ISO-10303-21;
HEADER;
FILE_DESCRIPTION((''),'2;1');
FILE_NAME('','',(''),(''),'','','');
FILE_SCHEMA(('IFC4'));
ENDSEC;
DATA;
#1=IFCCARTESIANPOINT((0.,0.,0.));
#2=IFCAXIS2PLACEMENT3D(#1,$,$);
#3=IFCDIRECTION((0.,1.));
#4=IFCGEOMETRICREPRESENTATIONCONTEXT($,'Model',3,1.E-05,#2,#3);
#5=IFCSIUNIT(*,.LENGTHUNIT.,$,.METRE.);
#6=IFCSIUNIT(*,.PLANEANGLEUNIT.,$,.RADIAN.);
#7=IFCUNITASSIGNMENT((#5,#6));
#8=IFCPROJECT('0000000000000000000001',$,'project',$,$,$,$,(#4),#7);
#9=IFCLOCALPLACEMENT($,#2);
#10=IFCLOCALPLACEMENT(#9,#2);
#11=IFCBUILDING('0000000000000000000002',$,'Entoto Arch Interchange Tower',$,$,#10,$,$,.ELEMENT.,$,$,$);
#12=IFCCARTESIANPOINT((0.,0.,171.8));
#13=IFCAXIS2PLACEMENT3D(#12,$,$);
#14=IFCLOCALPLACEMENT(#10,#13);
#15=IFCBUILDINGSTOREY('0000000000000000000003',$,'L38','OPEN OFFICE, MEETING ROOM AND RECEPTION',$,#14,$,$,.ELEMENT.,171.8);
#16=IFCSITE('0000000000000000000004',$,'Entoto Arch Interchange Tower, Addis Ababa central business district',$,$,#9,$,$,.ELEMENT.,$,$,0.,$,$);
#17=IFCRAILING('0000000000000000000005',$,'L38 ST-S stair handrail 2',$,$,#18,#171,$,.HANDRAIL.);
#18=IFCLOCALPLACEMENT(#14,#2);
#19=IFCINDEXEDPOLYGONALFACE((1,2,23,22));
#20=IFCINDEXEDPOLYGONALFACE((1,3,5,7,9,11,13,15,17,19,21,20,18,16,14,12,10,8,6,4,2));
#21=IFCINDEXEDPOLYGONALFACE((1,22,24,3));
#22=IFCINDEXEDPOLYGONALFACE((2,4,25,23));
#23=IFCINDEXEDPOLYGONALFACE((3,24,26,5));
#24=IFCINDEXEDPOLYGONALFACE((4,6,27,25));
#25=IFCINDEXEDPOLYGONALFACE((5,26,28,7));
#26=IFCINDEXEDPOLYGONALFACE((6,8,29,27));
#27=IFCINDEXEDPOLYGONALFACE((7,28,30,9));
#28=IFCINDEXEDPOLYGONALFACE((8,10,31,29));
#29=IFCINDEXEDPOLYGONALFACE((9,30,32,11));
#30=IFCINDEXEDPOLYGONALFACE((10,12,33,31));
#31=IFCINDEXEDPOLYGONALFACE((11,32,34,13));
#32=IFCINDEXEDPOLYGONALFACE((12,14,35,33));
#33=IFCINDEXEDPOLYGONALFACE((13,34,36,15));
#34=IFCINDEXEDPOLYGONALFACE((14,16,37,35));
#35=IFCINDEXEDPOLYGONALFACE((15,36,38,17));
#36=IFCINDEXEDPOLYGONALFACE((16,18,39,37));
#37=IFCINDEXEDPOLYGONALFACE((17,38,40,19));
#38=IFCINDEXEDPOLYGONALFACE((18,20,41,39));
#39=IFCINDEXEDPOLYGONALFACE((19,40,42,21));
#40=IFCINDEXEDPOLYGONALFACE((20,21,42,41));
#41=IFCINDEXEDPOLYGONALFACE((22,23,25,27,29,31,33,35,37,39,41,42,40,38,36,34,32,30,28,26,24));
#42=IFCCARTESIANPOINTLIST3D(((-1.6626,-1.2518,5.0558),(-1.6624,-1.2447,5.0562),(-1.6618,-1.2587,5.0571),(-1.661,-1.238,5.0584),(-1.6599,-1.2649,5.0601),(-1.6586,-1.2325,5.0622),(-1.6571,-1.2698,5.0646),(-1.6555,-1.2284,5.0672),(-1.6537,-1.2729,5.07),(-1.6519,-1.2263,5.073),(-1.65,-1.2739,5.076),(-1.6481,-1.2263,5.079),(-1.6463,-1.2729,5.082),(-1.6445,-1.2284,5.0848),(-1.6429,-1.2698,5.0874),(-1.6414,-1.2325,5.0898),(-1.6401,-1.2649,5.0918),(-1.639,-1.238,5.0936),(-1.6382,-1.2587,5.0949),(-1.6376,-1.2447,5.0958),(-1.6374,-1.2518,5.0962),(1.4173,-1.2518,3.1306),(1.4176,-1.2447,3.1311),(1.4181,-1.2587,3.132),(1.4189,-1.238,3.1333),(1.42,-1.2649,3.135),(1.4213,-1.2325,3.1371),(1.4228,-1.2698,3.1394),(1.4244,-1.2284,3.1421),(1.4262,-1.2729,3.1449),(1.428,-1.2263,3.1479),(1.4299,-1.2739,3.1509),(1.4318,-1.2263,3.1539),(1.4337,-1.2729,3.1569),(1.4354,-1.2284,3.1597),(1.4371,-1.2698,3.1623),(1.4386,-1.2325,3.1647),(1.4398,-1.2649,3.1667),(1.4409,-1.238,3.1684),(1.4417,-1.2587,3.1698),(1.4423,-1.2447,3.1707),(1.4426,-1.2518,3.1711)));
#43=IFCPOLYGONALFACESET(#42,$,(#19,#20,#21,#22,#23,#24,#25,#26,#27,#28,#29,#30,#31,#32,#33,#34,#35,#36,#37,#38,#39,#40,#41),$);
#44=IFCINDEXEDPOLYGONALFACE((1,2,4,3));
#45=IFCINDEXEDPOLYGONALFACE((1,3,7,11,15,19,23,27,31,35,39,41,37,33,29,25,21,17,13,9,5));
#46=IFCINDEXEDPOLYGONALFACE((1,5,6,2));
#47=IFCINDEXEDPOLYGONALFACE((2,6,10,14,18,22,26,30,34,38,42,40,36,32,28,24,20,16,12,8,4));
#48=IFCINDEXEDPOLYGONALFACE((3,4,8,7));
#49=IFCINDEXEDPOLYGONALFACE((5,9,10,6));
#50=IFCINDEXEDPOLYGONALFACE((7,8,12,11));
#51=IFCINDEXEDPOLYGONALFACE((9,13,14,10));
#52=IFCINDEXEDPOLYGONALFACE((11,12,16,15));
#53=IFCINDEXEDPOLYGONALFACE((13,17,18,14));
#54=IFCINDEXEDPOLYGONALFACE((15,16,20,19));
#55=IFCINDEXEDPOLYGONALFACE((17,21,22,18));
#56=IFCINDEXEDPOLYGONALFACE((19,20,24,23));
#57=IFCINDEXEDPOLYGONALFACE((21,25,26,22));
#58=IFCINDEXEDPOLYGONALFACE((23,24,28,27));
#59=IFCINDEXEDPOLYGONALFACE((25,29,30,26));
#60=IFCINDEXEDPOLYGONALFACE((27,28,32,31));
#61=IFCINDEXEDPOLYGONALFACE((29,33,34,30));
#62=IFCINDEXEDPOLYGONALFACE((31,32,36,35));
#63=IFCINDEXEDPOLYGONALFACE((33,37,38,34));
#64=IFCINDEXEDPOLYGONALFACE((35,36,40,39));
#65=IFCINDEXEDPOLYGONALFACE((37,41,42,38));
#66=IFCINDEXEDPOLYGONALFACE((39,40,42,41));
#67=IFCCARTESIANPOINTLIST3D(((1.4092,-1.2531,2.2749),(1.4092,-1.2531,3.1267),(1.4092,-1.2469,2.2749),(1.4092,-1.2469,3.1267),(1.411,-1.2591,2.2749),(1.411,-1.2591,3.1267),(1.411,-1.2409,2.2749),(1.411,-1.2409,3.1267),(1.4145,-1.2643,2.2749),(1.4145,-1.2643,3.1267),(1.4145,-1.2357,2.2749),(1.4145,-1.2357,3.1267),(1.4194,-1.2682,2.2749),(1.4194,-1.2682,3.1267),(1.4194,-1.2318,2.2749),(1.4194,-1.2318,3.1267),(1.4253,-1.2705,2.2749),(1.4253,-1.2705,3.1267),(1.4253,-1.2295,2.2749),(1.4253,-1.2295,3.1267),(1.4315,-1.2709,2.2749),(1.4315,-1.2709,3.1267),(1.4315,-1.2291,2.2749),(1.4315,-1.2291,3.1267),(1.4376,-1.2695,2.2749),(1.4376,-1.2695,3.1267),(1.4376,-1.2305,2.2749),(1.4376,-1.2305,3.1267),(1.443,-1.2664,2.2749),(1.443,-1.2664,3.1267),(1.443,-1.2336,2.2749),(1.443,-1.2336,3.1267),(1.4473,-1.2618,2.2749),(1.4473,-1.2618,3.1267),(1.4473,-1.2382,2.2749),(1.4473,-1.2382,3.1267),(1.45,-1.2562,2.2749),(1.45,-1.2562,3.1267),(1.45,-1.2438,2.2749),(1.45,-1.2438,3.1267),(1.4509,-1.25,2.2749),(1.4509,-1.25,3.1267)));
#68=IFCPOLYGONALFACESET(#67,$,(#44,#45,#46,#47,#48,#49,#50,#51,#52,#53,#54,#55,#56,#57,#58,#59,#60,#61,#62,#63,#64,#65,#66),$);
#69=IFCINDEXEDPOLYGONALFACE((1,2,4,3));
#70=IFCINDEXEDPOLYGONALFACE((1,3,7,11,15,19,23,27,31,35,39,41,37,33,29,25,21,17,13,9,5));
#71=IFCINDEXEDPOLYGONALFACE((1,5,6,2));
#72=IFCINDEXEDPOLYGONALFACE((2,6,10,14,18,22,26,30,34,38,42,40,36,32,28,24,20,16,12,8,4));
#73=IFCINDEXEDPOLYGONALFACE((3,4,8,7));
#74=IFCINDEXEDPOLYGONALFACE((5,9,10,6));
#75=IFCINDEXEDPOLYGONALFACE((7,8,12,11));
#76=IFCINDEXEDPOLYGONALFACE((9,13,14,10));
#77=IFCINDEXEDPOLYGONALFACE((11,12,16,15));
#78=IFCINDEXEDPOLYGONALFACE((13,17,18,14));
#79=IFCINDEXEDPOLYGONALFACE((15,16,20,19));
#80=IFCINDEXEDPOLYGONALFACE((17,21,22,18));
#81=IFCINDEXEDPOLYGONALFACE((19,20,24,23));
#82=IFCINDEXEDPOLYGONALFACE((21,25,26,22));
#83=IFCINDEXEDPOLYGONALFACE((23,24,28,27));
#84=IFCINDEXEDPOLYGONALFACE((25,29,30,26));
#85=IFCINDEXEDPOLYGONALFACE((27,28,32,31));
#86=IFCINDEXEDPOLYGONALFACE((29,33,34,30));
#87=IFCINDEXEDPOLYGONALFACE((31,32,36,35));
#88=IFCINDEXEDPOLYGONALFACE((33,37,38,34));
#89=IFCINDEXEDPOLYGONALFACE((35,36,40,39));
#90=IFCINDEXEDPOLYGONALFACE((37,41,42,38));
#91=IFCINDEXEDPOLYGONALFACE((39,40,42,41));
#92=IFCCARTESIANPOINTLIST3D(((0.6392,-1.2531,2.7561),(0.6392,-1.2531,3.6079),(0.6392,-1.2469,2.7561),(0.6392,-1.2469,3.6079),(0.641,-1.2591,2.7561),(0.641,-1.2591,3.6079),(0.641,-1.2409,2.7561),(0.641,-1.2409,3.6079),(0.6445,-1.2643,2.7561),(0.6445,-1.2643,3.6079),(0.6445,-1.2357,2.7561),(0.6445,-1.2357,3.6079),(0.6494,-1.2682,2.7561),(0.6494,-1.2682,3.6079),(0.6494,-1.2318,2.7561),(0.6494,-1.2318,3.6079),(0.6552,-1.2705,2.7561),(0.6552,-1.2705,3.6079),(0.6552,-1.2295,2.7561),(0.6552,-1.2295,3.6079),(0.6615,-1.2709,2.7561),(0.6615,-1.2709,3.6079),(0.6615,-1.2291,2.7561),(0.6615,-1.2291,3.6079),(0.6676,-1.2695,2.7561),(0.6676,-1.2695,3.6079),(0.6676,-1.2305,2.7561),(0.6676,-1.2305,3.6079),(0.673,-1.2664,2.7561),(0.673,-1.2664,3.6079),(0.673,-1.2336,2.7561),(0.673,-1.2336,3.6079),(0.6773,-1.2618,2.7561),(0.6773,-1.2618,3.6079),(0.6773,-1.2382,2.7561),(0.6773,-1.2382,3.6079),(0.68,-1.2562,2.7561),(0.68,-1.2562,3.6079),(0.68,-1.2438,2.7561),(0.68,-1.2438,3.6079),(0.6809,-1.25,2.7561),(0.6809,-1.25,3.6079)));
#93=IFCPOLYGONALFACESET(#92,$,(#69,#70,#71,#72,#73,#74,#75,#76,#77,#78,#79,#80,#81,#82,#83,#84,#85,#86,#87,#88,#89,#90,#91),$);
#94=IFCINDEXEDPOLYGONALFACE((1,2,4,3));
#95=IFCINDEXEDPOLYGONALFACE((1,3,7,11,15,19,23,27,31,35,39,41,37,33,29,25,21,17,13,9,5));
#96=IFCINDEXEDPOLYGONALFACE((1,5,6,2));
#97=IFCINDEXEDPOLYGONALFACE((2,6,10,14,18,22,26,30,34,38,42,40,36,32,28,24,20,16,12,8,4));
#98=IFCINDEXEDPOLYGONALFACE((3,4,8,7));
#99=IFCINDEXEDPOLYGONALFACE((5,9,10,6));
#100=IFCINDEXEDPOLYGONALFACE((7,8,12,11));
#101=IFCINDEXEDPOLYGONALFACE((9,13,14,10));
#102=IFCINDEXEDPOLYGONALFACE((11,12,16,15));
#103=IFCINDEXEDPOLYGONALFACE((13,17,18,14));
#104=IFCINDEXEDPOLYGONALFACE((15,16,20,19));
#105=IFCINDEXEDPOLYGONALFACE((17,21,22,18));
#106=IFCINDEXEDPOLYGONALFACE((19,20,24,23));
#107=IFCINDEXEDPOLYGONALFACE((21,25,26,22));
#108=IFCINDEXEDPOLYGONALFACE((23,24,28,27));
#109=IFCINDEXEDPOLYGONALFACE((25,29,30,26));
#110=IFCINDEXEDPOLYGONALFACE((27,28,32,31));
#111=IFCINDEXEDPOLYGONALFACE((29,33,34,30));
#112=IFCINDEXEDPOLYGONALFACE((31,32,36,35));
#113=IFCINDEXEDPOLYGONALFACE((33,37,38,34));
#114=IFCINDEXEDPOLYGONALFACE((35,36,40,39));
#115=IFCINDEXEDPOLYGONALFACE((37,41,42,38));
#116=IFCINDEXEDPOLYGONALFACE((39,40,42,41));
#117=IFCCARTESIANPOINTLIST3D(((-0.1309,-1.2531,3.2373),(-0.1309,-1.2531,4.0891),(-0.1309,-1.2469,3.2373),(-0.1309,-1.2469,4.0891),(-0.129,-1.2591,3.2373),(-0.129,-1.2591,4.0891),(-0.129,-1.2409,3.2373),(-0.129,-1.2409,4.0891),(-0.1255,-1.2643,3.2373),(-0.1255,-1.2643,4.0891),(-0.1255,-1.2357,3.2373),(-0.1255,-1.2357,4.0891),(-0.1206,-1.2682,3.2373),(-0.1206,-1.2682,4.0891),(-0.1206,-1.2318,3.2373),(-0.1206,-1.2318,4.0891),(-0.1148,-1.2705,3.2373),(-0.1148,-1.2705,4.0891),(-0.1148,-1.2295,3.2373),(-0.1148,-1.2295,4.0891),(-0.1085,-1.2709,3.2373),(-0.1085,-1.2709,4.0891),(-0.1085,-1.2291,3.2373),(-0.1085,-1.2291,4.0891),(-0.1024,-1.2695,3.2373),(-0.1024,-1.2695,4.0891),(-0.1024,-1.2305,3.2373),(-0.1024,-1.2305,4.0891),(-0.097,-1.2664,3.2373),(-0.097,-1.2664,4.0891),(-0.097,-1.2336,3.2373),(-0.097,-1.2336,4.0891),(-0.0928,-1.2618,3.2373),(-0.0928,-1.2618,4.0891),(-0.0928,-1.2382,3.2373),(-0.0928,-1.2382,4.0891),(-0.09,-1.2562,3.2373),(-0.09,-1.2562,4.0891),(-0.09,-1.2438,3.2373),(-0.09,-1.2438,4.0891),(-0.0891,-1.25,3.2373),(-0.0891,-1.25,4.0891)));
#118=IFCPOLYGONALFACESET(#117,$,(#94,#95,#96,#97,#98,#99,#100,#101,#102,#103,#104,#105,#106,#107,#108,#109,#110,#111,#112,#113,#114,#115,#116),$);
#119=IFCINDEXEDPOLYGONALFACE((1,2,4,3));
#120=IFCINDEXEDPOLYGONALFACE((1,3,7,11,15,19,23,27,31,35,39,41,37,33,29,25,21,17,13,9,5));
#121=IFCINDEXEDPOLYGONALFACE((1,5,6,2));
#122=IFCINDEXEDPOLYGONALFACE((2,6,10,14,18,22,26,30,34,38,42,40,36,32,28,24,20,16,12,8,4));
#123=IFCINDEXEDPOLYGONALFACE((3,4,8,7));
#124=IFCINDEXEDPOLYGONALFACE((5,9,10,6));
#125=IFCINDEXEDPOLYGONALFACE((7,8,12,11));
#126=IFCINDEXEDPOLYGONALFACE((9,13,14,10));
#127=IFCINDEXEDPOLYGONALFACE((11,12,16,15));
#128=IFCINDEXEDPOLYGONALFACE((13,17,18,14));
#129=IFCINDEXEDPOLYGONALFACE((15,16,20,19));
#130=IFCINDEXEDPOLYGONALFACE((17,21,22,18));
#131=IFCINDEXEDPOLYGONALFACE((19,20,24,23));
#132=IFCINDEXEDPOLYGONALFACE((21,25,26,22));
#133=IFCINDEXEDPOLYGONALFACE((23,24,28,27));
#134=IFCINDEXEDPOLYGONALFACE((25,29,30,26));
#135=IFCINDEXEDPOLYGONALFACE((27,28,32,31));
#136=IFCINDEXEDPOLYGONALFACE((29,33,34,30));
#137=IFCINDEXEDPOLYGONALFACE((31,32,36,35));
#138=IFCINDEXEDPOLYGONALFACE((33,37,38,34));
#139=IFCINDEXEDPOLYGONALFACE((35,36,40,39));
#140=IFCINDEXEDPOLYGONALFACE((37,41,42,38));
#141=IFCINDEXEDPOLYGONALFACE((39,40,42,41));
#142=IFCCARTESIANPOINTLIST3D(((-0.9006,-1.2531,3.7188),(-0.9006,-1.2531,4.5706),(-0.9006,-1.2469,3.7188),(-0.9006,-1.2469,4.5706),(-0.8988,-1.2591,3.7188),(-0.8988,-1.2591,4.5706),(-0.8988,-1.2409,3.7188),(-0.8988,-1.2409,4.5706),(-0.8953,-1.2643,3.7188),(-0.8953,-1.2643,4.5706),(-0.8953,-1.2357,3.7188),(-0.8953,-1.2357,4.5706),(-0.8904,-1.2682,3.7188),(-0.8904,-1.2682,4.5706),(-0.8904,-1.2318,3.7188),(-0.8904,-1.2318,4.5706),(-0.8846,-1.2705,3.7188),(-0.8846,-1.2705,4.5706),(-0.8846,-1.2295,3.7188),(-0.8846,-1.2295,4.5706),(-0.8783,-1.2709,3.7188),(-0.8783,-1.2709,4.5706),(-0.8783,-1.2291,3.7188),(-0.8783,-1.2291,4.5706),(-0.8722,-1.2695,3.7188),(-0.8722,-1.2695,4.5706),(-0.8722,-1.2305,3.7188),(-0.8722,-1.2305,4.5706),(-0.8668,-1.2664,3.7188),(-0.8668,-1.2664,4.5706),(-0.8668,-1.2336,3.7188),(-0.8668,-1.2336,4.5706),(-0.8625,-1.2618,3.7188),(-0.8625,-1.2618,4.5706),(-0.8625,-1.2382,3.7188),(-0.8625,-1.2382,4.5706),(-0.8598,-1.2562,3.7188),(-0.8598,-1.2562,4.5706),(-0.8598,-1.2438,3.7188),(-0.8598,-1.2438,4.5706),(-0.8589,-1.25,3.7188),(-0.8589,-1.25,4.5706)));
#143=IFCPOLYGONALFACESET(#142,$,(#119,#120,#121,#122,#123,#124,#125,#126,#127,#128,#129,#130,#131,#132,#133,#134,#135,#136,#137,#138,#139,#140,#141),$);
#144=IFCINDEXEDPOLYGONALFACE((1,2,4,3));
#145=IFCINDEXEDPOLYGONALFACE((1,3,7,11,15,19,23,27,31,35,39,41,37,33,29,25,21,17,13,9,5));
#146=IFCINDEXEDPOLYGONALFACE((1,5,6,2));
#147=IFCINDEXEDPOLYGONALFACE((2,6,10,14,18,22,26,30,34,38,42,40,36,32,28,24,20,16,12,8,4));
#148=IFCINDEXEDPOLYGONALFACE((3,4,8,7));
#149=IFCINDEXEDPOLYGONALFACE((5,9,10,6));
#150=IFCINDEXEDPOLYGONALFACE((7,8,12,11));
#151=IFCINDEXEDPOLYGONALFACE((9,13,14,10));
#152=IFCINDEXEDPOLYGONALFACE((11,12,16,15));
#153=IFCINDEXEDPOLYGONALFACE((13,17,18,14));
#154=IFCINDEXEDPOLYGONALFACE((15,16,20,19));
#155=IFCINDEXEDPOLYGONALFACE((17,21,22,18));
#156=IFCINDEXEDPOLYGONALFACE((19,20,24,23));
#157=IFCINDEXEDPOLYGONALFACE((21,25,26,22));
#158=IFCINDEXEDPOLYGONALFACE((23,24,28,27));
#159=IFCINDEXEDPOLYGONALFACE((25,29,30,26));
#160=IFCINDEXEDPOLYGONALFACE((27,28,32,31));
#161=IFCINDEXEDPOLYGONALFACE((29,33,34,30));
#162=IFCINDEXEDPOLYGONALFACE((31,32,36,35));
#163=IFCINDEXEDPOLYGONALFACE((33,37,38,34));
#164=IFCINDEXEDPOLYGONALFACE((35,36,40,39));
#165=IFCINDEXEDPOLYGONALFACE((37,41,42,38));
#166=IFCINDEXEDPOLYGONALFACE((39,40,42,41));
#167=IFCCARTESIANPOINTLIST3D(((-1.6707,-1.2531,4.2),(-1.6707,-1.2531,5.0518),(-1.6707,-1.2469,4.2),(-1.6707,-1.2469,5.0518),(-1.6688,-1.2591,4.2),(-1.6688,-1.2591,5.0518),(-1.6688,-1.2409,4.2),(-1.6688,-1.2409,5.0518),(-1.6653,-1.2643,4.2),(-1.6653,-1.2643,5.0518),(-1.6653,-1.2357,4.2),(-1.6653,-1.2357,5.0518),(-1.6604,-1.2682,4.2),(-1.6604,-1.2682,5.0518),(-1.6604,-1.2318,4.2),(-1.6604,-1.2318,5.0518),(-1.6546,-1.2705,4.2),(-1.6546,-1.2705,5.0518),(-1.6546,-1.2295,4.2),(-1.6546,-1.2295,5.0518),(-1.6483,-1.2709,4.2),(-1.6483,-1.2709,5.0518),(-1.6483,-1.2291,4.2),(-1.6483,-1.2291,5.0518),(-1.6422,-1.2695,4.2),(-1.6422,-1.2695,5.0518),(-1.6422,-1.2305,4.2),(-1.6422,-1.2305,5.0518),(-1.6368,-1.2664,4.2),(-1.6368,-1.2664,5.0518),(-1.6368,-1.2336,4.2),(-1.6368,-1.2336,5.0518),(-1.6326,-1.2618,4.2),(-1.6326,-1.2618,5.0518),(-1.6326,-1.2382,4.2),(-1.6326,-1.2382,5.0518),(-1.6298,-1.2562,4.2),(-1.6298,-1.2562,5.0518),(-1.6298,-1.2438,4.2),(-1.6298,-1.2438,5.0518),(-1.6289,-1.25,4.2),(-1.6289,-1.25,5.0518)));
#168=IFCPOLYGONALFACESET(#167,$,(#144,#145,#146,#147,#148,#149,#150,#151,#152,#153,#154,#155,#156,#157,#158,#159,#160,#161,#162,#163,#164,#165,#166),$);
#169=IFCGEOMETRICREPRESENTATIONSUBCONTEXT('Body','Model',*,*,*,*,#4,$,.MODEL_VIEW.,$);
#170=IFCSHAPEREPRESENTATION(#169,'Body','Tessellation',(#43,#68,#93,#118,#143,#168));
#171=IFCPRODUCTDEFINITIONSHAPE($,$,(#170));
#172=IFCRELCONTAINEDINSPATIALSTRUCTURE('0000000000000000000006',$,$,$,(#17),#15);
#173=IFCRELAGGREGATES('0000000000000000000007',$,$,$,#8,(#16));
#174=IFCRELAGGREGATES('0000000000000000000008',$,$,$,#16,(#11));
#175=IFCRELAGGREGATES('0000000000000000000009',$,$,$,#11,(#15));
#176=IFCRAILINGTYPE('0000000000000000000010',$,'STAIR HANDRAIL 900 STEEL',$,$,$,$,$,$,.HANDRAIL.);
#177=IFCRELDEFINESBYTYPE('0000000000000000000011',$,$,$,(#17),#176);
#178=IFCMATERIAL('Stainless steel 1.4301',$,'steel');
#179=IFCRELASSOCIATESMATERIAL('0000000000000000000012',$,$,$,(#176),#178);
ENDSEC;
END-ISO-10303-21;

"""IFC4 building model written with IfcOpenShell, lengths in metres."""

from ifc_helpers import new_model, si_unit, direction, frame, origin, origin_2d, place, context, subcontext, project, spatial, circle, extrude, material, type_object, element, save


model = new_model("IFC4")

# Units and contexts
model_context = context("Model", 3, precision=1e-05, world=origin(), true_north=direction((0.0, 1.0)))
body_context = subcontext(model_context, "Body", "Model", "MODEL_VIEW")
ifc_project = project(units=[si_unit("LENGTHUNIT", "METRE"), si_unit("PLANEANGLEUNIT", "RADIAN")], contexts=[model_context])

# Site, building, storey
site_placement = place(None, origin())
site = spatial("IfcSite", under=ifc_project, at=site_placement, Name="Entoto Arch Interchange Tower, Addis Ababa central business district", CompositionType="ELEMENT", RefElevation=0.0)
building_placement = place(site_placement, origin())
building = spatial("IfcBuilding", under=site, at=building_placement, Name="Entoto Arch Interchange Tower", CompositionType="ELEMENT")
storey_placement = place(building_placement, frame((0.0, 0.0, 171.8)))
storey = spatial("IfcBuildingStorey", under=building, at=storey_placement, Name="L38", Description="OPEN OFFICE, MEETING ROOM AND RECEPTION", CompositionType="ELEMENT", Elevation=171.8)

# Railing
ifc_material_1 = material(Name="Stainless steel 1.4301", Category="steel")
railing_type_1 = type_object("IfcRailingType", Name="STAIR HANDRAIL 900 STEEL", PredefinedType="HANDRAIL", material=ifc_material_1)
railing_1_placement = place(storey_placement, frame((1.4299, -1.25, 2.2749)))
element("IfcRailing", 1, at=railing_1_placement, inside=storey, type_object=railing_type_1, Name="L38 ST-S stair handrail 2", PredefinedType="HANDRAIL", context=body_context, shape_type="SweptSolid", body=[
    extrude(circle(Radius=0.0239, at=origin_2d()), frame((0.0, 0.0, 0.876), z_axis=(-0.847979, 0.0, 0.530029), x_axis=(0.0, -1.0, 0.0)), (0.0, 0.0, 1.0), 3.6321),
    extrude(circle(Radius=0.021, at=origin_2d()), origin(), (0.0, 0.0, 1.0), 0.8518),
    extrude(circle(Radius=0.021, at=origin_2d()), frame((-0.77, 0.0, 0.4812)), (0.0, 0.0, 1.0), 0.8518),
    extrude(circle(Radius=0.021, at=origin_2d()), frame((-1.54, 0.0, 0.9624)), (0.0, 0.0, 1.0), 0.8518),
    extrude(circle(Radius=0.021, at=origin_2d()), frame((-2.3098, 0.0, 1.4438)), (0.0, 0.0, 1.0), 0.8518),
    extrude(circle(Radius=0.021, at=origin_2d()), frame((-3.0798, 0.0, 1.925)), (0.0, 0.0, 1.0), 0.8518),
])

save(model, "model.ifc")
